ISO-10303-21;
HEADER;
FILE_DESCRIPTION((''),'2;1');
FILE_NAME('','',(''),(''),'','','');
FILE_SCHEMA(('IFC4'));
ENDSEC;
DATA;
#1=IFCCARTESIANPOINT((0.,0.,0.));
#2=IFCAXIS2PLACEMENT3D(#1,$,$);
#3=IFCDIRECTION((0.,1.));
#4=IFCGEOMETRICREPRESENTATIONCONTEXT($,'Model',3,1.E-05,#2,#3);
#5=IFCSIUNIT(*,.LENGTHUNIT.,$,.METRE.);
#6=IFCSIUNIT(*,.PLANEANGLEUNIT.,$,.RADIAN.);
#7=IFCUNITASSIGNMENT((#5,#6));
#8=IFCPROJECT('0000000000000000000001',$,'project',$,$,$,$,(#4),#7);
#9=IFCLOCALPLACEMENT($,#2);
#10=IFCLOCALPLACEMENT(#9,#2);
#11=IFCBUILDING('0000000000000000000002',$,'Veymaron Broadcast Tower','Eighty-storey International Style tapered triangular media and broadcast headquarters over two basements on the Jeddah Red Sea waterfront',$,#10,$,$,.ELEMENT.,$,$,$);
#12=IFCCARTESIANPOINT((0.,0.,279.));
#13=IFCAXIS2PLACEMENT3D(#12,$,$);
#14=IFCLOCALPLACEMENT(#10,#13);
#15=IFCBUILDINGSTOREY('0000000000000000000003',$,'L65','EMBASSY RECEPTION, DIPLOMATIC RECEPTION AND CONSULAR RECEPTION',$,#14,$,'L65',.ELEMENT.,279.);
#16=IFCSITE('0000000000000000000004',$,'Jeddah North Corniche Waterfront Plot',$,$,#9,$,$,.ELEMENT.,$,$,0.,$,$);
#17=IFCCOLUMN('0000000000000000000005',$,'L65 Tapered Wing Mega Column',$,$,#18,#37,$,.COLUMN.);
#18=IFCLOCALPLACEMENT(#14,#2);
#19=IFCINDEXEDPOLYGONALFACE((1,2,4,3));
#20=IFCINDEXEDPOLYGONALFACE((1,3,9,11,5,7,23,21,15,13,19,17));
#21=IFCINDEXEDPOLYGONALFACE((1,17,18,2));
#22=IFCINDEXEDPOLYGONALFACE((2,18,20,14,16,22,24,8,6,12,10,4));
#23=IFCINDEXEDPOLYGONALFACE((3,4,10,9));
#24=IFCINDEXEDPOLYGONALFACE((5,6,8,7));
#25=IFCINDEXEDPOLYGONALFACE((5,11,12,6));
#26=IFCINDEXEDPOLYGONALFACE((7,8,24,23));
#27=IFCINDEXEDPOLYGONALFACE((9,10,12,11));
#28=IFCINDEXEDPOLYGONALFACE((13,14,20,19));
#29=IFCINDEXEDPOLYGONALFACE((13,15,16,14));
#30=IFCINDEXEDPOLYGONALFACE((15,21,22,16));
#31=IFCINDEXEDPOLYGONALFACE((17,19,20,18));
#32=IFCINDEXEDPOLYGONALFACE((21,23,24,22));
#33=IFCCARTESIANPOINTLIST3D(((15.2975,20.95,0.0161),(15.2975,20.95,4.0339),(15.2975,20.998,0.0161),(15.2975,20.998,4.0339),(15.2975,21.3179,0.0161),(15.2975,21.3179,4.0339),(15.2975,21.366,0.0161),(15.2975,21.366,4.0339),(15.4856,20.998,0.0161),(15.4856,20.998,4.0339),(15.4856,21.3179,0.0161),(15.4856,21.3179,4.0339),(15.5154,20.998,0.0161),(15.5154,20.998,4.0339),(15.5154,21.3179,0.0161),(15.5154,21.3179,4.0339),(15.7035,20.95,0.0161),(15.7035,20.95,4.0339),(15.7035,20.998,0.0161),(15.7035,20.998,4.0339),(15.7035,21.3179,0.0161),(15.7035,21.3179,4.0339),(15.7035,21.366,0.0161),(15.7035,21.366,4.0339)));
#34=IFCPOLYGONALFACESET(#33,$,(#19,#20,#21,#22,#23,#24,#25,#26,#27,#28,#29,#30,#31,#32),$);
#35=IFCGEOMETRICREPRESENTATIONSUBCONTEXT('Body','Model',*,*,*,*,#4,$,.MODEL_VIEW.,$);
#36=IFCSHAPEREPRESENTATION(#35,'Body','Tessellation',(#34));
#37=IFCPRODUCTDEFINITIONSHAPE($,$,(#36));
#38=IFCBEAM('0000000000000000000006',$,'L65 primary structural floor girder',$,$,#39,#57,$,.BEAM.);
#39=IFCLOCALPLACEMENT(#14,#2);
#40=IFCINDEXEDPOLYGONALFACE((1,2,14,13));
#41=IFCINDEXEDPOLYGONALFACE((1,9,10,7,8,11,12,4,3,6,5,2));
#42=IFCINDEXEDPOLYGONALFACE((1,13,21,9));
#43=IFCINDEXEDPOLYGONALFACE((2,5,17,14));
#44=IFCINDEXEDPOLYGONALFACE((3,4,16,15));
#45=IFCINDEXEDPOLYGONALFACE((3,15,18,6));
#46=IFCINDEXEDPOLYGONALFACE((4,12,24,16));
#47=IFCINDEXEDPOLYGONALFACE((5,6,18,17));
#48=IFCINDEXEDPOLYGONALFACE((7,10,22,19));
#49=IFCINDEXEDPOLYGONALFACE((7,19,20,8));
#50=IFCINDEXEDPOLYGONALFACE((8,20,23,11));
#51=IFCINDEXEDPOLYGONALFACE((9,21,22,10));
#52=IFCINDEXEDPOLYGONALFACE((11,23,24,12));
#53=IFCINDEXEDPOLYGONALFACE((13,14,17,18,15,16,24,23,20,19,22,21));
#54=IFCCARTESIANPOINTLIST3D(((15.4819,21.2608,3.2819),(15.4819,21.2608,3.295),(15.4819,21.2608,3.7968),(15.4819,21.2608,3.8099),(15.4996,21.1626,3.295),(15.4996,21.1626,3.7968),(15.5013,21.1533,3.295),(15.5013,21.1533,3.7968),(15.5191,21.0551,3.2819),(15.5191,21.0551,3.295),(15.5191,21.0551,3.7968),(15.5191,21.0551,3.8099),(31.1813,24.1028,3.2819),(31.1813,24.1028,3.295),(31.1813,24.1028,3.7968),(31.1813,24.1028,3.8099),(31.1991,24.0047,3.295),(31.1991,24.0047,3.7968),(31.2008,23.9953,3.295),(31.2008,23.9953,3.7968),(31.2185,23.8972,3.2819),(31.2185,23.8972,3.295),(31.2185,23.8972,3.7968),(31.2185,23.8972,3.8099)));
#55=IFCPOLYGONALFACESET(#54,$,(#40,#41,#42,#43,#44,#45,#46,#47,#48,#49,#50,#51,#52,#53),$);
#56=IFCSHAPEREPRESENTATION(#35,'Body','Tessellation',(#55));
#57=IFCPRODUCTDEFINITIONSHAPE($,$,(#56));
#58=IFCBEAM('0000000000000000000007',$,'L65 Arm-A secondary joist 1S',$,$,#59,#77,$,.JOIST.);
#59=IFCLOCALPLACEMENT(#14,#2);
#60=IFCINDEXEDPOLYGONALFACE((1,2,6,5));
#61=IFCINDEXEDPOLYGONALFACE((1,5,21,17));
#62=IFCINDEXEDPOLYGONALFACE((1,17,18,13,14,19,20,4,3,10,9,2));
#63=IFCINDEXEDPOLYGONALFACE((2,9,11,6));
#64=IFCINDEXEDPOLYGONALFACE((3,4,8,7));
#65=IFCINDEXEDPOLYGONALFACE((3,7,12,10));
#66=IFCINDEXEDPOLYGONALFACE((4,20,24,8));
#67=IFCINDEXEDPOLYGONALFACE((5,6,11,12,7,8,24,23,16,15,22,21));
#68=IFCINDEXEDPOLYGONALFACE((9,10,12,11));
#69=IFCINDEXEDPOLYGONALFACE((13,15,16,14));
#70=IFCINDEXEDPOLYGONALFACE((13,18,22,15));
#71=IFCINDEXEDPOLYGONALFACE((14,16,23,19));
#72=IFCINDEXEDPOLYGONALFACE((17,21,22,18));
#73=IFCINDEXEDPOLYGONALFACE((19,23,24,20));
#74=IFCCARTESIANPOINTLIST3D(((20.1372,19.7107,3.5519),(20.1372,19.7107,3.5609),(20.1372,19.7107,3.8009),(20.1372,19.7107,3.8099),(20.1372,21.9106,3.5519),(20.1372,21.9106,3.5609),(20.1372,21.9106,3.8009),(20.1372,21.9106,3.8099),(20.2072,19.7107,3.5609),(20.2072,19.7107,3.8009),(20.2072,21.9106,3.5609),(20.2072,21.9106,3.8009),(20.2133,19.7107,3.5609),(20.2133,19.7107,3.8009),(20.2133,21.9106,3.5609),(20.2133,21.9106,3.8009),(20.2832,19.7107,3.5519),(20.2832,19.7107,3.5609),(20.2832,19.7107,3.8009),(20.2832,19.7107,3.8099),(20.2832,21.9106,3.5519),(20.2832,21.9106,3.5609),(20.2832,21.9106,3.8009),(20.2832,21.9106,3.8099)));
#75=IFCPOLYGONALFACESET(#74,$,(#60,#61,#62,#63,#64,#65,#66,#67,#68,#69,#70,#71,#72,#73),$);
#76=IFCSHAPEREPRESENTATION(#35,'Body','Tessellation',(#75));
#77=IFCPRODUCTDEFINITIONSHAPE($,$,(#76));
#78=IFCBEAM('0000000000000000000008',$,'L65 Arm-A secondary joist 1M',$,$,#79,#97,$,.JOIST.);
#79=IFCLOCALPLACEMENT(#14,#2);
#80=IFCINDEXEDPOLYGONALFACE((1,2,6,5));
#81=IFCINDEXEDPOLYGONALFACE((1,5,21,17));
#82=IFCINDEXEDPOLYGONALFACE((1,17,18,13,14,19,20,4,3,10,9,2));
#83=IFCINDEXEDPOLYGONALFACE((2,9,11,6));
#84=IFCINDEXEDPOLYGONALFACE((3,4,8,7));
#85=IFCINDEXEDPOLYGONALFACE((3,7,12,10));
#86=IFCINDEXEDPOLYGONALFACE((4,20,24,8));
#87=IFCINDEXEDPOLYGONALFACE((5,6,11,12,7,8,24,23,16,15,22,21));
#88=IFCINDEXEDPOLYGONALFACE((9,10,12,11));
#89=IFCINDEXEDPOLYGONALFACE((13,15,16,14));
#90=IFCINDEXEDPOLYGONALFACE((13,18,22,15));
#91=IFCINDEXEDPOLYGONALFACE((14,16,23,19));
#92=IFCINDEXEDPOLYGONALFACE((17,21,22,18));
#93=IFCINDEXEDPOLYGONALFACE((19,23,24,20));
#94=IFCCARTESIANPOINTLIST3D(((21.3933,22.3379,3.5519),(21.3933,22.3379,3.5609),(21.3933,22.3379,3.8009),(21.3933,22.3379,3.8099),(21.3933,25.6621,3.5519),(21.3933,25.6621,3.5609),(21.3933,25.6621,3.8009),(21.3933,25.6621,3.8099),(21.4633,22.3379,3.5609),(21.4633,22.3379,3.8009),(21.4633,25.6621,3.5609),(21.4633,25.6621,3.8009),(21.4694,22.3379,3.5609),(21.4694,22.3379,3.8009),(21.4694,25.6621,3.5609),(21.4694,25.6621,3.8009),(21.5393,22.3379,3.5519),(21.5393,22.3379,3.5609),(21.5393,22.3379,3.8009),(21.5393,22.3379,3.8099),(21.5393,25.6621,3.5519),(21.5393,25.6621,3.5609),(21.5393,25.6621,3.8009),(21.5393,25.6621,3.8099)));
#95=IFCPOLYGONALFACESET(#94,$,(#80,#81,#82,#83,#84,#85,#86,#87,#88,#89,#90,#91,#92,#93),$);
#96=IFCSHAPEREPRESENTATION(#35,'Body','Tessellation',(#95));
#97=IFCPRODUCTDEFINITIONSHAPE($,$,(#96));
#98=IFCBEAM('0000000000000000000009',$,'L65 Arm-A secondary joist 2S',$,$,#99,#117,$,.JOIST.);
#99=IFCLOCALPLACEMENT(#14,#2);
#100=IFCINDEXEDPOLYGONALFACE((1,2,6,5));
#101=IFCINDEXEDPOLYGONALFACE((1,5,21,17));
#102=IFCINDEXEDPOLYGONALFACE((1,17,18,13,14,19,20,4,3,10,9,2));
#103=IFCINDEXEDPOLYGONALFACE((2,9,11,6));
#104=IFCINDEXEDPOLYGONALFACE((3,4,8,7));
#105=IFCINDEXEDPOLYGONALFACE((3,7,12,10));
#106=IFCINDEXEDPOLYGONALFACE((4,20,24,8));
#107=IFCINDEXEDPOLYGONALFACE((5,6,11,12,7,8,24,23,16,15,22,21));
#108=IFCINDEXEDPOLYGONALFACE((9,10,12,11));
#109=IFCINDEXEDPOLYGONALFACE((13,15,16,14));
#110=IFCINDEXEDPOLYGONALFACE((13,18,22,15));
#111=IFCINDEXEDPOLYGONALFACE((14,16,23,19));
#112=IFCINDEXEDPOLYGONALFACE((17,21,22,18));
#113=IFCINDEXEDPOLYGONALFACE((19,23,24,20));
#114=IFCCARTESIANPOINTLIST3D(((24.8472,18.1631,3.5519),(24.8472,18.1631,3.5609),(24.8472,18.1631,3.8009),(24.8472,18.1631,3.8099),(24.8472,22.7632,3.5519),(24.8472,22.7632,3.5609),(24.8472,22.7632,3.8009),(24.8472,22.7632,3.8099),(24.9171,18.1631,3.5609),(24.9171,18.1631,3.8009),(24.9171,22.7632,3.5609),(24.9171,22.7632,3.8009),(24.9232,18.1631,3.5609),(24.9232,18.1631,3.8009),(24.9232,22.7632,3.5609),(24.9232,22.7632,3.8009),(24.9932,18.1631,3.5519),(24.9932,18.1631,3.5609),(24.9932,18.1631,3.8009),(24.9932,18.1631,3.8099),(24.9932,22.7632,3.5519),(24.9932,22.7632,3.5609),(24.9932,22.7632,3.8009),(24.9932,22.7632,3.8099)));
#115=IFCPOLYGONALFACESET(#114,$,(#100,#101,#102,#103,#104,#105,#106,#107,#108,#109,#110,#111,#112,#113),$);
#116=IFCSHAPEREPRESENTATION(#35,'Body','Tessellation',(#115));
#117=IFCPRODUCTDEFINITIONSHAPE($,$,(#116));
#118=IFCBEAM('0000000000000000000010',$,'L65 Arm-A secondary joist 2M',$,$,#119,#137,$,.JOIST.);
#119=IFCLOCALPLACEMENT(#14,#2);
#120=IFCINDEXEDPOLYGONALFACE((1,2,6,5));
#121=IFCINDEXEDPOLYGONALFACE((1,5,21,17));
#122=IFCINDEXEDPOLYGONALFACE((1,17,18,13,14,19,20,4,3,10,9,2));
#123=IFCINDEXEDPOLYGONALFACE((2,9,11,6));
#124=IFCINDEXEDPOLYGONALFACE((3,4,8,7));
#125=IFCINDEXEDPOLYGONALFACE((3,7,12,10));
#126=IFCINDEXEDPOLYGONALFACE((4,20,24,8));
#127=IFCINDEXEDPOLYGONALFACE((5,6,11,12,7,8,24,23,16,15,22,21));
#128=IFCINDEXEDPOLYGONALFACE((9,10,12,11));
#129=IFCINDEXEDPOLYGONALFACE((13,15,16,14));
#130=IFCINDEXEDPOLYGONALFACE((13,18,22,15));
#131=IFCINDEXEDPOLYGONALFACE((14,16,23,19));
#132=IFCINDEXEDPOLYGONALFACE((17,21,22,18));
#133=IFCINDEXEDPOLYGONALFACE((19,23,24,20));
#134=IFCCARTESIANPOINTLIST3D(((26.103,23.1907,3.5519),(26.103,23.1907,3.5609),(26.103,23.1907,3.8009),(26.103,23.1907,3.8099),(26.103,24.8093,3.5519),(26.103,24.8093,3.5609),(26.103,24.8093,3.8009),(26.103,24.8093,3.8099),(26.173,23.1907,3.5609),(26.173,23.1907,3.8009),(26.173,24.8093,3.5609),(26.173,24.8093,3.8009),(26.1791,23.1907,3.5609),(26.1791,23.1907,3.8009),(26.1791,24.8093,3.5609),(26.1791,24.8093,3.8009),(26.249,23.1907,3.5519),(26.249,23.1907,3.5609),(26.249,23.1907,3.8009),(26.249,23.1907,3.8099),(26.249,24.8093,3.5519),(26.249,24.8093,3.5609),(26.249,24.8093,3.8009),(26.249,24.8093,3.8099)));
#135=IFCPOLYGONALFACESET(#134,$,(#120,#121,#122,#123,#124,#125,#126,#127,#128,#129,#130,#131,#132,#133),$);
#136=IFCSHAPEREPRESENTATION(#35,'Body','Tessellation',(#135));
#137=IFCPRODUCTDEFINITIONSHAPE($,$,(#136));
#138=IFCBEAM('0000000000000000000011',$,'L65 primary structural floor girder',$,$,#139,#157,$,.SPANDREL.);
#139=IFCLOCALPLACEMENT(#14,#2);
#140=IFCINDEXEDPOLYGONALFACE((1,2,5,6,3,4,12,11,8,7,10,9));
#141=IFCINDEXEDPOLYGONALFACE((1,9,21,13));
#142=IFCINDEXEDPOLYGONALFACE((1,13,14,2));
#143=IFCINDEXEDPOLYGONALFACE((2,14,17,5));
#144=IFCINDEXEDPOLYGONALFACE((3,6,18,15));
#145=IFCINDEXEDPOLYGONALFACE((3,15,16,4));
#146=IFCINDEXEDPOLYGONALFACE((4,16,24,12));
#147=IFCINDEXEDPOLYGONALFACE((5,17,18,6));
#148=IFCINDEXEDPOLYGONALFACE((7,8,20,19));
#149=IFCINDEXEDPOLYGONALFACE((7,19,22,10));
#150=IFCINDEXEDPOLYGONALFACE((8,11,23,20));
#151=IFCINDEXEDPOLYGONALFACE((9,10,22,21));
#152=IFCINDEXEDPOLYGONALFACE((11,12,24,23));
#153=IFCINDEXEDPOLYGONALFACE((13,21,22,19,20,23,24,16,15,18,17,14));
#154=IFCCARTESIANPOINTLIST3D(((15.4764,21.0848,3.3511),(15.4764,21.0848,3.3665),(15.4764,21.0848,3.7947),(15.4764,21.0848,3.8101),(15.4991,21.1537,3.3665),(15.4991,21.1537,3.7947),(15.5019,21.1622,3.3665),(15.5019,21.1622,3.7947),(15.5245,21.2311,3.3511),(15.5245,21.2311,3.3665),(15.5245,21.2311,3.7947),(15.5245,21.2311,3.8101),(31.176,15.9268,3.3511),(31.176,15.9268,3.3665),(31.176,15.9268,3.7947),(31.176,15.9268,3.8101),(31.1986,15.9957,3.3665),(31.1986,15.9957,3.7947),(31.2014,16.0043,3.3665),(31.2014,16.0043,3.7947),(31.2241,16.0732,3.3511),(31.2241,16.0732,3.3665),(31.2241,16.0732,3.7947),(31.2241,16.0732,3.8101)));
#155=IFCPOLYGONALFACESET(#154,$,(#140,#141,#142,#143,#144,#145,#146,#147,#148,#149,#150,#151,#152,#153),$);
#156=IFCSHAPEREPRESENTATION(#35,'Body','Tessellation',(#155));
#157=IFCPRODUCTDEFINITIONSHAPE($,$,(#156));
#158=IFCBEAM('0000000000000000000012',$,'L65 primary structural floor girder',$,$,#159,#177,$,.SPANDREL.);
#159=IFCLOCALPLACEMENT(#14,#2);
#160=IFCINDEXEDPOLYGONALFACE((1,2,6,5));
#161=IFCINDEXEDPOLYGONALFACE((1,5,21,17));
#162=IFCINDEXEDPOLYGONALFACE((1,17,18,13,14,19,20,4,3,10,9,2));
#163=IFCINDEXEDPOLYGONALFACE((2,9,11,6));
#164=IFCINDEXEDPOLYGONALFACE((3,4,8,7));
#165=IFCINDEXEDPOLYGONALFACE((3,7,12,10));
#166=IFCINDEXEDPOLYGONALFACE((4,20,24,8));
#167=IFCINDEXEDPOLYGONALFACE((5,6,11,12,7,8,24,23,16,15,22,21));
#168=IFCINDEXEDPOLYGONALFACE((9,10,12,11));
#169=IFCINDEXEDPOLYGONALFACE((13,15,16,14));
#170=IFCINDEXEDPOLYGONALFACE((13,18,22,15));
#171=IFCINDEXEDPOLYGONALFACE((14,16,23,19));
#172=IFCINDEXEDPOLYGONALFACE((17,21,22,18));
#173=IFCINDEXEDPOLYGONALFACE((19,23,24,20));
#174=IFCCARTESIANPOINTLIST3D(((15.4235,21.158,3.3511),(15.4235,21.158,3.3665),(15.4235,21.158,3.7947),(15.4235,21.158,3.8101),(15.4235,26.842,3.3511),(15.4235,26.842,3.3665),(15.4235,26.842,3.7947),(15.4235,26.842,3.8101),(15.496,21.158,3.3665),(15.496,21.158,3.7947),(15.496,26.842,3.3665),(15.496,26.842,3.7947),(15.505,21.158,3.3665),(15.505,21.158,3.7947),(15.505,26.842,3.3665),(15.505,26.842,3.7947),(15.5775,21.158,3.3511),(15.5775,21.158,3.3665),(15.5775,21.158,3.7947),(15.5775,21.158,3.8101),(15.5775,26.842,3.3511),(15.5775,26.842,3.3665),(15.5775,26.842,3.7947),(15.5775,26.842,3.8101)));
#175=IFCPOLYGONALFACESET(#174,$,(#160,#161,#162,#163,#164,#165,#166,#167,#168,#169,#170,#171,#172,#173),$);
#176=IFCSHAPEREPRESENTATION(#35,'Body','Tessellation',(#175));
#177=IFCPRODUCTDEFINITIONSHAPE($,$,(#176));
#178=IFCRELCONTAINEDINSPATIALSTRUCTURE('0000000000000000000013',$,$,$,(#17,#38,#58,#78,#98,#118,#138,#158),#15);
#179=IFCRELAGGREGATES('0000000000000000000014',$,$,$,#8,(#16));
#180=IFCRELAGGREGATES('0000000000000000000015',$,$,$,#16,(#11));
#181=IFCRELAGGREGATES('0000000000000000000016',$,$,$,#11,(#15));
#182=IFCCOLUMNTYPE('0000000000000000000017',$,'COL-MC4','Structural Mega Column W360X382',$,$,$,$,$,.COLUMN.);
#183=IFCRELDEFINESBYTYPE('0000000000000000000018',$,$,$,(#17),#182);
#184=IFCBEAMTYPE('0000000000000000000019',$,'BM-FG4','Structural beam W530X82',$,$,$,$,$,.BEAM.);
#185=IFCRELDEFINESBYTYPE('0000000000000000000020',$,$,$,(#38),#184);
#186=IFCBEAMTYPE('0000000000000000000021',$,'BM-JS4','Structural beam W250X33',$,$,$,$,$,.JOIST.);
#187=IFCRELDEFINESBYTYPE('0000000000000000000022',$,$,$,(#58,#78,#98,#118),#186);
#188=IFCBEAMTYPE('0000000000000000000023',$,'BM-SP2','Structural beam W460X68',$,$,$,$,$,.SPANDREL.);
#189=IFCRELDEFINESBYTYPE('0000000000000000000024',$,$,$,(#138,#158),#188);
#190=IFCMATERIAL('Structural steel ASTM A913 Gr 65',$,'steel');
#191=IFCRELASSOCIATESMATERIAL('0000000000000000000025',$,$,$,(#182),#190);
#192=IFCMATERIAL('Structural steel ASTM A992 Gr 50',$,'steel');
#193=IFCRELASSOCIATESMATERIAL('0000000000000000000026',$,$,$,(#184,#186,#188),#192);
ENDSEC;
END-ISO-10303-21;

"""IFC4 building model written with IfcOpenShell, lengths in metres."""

from ifc_helpers import new_model, si_unit, direction, frame, origin, origin_2d, place, context, subcontext, project, spatial, i_section, extrude, material, material_profile, profile_set, type_object, element, save


model = new_model("IFC4")

# Units and contexts
model_context = context("Model", 3, precision=1e-05, world=origin(), true_north=direction((0.0, 1.0)))
body_context = subcontext(model_context, "Body", "Model", "MODEL_VIEW")
ifc_project = project(units=[si_unit("LENGTHUNIT", "METRE"), si_unit("PLANEANGLEUNIT", "RADIAN")], contexts=[model_context])

# Site, building, storey
site_placement = place(None, origin())
site = spatial("IfcSite", under=ifc_project, at=site_placement, Name="Jeddah North Corniche Waterfront Plot", CompositionType="ELEMENT", RefElevation=0.0)
building_placement = place(site_placement, origin())
building = spatial("IfcBuilding", under=site, at=building_placement, Name="Veymaron Broadcast Tower", Description="Eighty-storey International Style tapered triangular media and broadcast headquarters over two basements on the Jeddah Red Sea waterfront", CompositionType="ELEMENT")
storey_placement = place(building_placement, frame((0.0, 0.0, 279.0)))
storey = spatial("IfcBuildingStorey", under=building, at=storey_placement, Name="L65", Description="EMBASSY RECEPTION, DIPLOMATIC RECEPTION AND CONSULAR RECEPTION", LongName="L65", CompositionType="ELEMENT", Elevation=279.0)

# Column
ifc_material_1 = material(Name="Structural steel ASTM A913 Gr 65", Category="steel")
ifc_material_profile_1 = material_profile(ifc_material_1, i_section(OverallWidth=0.406, OverallDepth=0.416, WebThickness=0.0298, FlangeThickness=0.0481, at=origin_2d()), Name="W360X382")
ifc_profile_set_1 = profile_set([ifc_material_profile_1], Name="Structural steel ASTM A913 Gr 65")
column_type = type_object("IfcColumnType", Name="COL-MC4", Description="Structural Mega Column W360X382", PredefinedType="COLUMN", material=ifc_profile_set_1)
column_placement = place(storey_placement, frame((15.5005, 21.158, 0.0161), z_axis=(0.0, 0.0, 1.0), x_axis=(1.0, 0.0, 0.0)))
element("IfcColumn", 1, at=column_placement, inside=storey, type_object=column_type, Name="L65 Tapered Wing Mega Column", PredefinedType="COLUMN", context=body_context, shape_type="SweptSolid", body=[
    extrude(i_section(OverallWidth=0.406, OverallDepth=0.416, WebThickness=0.0298, FlangeThickness=0.0481, at=origin_2d()), origin(), (0.0, 0.0, 1.0), 4.0178),
])

# Beams
ifc_material_2 = material(Name="Structural steel ASTM A992 Gr 50", Category="steel")
ifc_material_profile_2 = material_profile(ifc_material_2, i_section(OverallWidth=0.209, OverallDepth=0.5281, WebThickness=0.0095, FlangeThickness=0.0132, at=origin_2d()), Name="W530X82")
ifc_profile_set_2 = profile_set([ifc_material_profile_2], Name="Structural steel ASTM A992 Gr 50")
beam_type_1 = type_object("IfcBeamType", Name="BM-FG4", Description="Structural beam W530X82", PredefinedType="BEAM", material=ifc_profile_set_2)
beam_1_placement = place(storey_placement, frame((15.5005, 21.158, 3.5459), z_axis=(0.984006, 0.178133, 0.0), x_axis=(-0.178133, 0.984006, 0.0)))
element("IfcBeam", 2, at=beam_1_placement, inside=storey, type_object=beam_type_1, Name="L65 primary structural floor girder", PredefinedType="BEAM", context=body_context, shape_type="SweptSolid", body=[
    extrude(i_section(OverallWidth=0.209, OverallDepth=0.5281, WebThickness=0.0095, FlangeThickness=0.0132, at=origin_2d()), origin(), (0.0, 0.0, 1.0), 15.9546),
])
ifc_material_profile_3 = material_profile(ifc_material_2, i_section(OverallWidth=0.146, OverallDepth=0.2581, WebThickness=0.0061, FlangeThickness=0.009, at=origin_2d()), Name="W250X33")
ifc_profile_set_3 = profile_set([ifc_material_profile_3], Name="Structural steel ASTM A992 Gr 50")
beam_type_2 = type_object("IfcBeamType", Name="BM-JS4", Description="Structural beam W250X33", PredefinedType="JOIST", material=ifc_profile_set_3)
beam_2_placement = place(storey_placement, frame((20.2102, 19.7107, 3.6809), z_axis=(0.0, 1.0, 0.0), x_axis=(-1.0, 0.0, 0.0)))
element("IfcBeam", 3, at=beam_2_placement, inside=storey, type_object=beam_type_2, Name="L65 Arm-A secondary joist 1S", PredefinedType="JOIST", context=body_context, shape_type="SweptSolid", body=[
    extrude(i_section(OverallWidth=0.146, OverallDepth=0.2581, WebThickness=0.0061, FlangeThickness=0.009, at=origin_2d()), origin(), (0.0, 0.0, 1.0), 2.2),
])
beam_3_placement = place(storey_placement, frame((21.4663, 22.3379, 3.6809), z_axis=(0.0, 1.0, 0.0), x_axis=(-1.0, 0.0, 0.0)))
element("IfcBeam", 4, at=beam_3_placement, inside=storey, type_object=beam_type_2, Name="L65 Arm-A secondary joist 1M", PredefinedType="JOIST", context=body_context, shape_type="SweptSolid", body=[
    extrude(i_section(OverallWidth=0.146, OverallDepth=0.2581, WebThickness=0.0061, FlangeThickness=0.009, at=origin_2d()), origin(), (0.0, 0.0, 1.0), 3.3242),
])
beam_4_placement = place(storey_placement, frame((24.9202, 18.1631, 3.6809), z_axis=(0.0, 1.0, 0.0), x_axis=(-1.0, 0.0, 0.0)))
element("IfcBeam", 5, at=beam_4_placement, inside=storey, type_object=beam_type_2, Name="L65 Arm-A secondary joist 2S", PredefinedType="JOIST", context=body_context, shape_type="SweptSolid", body=[
    extrude(i_section(OverallWidth=0.146, OverallDepth=0.2581, WebThickness=0.0061, FlangeThickness=0.009, at=origin_2d()), origin(), (0.0, 0.0, 1.0), 4.6001),
])
beam_5_placement = place(storey_placement, frame((26.176, 23.1907, 3.6809), z_axis=(0.0, 1.0, 0.0), x_axis=(-1.0, 0.0, 0.0)))
element("IfcBeam", 6, at=beam_5_placement, inside=storey, type_object=beam_type_2, Name="L65 Arm-A secondary joist 2M", PredefinedType="JOIST", context=body_context, shape_type="SweptSolid", body=[
    extrude(i_section(OverallWidth=0.146, OverallDepth=0.2581, WebThickness=0.0061, FlangeThickness=0.009, at=origin_2d()), origin(), (0.0, 0.0, 1.0), 1.6187),
])
ifc_material_profile_4 = material_profile(ifc_material_2, i_section(OverallWidth=0.1541, OverallDepth=0.459, WebThickness=0.009, FlangeThickness=0.0154, at=origin_2d()), Name="W460X68")
ifc_profile_set_4 = profile_set([ifc_material_profile_4], Name="Structural steel ASTM A992 Gr 50")
beam_type_3 = type_object("IfcBeamType", Name="BM-SP2", Description="Structural beam W460X68", PredefinedType="SPANDREL", material=ifc_profile_set_4)
beam_6_placement = place(storey_placement, frame((15.5005, 21.158, 3.5806), z_axis=(0.95004, -0.312129, 0.0), x_axis=(0.312129, 0.95004, 0.0)))
element("IfcBeam", 7, at=beam_6_placement, inside=storey, type_object=beam_type_3, Name="L65 primary structural floor girder", PredefinedType="SPANDREL", context=body_context, shape_type="SweptSolid", body=[
    extrude(i_section(OverallWidth=0.1541, OverallDepth=0.459, WebThickness=0.009, FlangeThickness=0.0154, at=origin_2d()), origin(), (0.0, 0.0, 1.0), 16.5251),
])
beam_7_placement = place(storey_placement, frame((15.5005, 21.158, 3.5806), z_axis=(0.0, 1.0, 0.0), x_axis=(-1.0, 0.0, 0.0)))
element("IfcBeam", 8, at=beam_7_placement, inside=storey, type_object=beam_type_3, Name="L65 primary structural floor girder", PredefinedType="SPANDREL", context=body_context, shape_type="SweptSolid", body=[
    extrude(i_section(OverallWidth=0.1541, OverallDepth=0.459, WebThickness=0.009, FlangeThickness=0.0154, at=origin_2d()), origin(), (0.0, 0.0, 1.0), 5.6841),
])

save(model, "model.ifc")
